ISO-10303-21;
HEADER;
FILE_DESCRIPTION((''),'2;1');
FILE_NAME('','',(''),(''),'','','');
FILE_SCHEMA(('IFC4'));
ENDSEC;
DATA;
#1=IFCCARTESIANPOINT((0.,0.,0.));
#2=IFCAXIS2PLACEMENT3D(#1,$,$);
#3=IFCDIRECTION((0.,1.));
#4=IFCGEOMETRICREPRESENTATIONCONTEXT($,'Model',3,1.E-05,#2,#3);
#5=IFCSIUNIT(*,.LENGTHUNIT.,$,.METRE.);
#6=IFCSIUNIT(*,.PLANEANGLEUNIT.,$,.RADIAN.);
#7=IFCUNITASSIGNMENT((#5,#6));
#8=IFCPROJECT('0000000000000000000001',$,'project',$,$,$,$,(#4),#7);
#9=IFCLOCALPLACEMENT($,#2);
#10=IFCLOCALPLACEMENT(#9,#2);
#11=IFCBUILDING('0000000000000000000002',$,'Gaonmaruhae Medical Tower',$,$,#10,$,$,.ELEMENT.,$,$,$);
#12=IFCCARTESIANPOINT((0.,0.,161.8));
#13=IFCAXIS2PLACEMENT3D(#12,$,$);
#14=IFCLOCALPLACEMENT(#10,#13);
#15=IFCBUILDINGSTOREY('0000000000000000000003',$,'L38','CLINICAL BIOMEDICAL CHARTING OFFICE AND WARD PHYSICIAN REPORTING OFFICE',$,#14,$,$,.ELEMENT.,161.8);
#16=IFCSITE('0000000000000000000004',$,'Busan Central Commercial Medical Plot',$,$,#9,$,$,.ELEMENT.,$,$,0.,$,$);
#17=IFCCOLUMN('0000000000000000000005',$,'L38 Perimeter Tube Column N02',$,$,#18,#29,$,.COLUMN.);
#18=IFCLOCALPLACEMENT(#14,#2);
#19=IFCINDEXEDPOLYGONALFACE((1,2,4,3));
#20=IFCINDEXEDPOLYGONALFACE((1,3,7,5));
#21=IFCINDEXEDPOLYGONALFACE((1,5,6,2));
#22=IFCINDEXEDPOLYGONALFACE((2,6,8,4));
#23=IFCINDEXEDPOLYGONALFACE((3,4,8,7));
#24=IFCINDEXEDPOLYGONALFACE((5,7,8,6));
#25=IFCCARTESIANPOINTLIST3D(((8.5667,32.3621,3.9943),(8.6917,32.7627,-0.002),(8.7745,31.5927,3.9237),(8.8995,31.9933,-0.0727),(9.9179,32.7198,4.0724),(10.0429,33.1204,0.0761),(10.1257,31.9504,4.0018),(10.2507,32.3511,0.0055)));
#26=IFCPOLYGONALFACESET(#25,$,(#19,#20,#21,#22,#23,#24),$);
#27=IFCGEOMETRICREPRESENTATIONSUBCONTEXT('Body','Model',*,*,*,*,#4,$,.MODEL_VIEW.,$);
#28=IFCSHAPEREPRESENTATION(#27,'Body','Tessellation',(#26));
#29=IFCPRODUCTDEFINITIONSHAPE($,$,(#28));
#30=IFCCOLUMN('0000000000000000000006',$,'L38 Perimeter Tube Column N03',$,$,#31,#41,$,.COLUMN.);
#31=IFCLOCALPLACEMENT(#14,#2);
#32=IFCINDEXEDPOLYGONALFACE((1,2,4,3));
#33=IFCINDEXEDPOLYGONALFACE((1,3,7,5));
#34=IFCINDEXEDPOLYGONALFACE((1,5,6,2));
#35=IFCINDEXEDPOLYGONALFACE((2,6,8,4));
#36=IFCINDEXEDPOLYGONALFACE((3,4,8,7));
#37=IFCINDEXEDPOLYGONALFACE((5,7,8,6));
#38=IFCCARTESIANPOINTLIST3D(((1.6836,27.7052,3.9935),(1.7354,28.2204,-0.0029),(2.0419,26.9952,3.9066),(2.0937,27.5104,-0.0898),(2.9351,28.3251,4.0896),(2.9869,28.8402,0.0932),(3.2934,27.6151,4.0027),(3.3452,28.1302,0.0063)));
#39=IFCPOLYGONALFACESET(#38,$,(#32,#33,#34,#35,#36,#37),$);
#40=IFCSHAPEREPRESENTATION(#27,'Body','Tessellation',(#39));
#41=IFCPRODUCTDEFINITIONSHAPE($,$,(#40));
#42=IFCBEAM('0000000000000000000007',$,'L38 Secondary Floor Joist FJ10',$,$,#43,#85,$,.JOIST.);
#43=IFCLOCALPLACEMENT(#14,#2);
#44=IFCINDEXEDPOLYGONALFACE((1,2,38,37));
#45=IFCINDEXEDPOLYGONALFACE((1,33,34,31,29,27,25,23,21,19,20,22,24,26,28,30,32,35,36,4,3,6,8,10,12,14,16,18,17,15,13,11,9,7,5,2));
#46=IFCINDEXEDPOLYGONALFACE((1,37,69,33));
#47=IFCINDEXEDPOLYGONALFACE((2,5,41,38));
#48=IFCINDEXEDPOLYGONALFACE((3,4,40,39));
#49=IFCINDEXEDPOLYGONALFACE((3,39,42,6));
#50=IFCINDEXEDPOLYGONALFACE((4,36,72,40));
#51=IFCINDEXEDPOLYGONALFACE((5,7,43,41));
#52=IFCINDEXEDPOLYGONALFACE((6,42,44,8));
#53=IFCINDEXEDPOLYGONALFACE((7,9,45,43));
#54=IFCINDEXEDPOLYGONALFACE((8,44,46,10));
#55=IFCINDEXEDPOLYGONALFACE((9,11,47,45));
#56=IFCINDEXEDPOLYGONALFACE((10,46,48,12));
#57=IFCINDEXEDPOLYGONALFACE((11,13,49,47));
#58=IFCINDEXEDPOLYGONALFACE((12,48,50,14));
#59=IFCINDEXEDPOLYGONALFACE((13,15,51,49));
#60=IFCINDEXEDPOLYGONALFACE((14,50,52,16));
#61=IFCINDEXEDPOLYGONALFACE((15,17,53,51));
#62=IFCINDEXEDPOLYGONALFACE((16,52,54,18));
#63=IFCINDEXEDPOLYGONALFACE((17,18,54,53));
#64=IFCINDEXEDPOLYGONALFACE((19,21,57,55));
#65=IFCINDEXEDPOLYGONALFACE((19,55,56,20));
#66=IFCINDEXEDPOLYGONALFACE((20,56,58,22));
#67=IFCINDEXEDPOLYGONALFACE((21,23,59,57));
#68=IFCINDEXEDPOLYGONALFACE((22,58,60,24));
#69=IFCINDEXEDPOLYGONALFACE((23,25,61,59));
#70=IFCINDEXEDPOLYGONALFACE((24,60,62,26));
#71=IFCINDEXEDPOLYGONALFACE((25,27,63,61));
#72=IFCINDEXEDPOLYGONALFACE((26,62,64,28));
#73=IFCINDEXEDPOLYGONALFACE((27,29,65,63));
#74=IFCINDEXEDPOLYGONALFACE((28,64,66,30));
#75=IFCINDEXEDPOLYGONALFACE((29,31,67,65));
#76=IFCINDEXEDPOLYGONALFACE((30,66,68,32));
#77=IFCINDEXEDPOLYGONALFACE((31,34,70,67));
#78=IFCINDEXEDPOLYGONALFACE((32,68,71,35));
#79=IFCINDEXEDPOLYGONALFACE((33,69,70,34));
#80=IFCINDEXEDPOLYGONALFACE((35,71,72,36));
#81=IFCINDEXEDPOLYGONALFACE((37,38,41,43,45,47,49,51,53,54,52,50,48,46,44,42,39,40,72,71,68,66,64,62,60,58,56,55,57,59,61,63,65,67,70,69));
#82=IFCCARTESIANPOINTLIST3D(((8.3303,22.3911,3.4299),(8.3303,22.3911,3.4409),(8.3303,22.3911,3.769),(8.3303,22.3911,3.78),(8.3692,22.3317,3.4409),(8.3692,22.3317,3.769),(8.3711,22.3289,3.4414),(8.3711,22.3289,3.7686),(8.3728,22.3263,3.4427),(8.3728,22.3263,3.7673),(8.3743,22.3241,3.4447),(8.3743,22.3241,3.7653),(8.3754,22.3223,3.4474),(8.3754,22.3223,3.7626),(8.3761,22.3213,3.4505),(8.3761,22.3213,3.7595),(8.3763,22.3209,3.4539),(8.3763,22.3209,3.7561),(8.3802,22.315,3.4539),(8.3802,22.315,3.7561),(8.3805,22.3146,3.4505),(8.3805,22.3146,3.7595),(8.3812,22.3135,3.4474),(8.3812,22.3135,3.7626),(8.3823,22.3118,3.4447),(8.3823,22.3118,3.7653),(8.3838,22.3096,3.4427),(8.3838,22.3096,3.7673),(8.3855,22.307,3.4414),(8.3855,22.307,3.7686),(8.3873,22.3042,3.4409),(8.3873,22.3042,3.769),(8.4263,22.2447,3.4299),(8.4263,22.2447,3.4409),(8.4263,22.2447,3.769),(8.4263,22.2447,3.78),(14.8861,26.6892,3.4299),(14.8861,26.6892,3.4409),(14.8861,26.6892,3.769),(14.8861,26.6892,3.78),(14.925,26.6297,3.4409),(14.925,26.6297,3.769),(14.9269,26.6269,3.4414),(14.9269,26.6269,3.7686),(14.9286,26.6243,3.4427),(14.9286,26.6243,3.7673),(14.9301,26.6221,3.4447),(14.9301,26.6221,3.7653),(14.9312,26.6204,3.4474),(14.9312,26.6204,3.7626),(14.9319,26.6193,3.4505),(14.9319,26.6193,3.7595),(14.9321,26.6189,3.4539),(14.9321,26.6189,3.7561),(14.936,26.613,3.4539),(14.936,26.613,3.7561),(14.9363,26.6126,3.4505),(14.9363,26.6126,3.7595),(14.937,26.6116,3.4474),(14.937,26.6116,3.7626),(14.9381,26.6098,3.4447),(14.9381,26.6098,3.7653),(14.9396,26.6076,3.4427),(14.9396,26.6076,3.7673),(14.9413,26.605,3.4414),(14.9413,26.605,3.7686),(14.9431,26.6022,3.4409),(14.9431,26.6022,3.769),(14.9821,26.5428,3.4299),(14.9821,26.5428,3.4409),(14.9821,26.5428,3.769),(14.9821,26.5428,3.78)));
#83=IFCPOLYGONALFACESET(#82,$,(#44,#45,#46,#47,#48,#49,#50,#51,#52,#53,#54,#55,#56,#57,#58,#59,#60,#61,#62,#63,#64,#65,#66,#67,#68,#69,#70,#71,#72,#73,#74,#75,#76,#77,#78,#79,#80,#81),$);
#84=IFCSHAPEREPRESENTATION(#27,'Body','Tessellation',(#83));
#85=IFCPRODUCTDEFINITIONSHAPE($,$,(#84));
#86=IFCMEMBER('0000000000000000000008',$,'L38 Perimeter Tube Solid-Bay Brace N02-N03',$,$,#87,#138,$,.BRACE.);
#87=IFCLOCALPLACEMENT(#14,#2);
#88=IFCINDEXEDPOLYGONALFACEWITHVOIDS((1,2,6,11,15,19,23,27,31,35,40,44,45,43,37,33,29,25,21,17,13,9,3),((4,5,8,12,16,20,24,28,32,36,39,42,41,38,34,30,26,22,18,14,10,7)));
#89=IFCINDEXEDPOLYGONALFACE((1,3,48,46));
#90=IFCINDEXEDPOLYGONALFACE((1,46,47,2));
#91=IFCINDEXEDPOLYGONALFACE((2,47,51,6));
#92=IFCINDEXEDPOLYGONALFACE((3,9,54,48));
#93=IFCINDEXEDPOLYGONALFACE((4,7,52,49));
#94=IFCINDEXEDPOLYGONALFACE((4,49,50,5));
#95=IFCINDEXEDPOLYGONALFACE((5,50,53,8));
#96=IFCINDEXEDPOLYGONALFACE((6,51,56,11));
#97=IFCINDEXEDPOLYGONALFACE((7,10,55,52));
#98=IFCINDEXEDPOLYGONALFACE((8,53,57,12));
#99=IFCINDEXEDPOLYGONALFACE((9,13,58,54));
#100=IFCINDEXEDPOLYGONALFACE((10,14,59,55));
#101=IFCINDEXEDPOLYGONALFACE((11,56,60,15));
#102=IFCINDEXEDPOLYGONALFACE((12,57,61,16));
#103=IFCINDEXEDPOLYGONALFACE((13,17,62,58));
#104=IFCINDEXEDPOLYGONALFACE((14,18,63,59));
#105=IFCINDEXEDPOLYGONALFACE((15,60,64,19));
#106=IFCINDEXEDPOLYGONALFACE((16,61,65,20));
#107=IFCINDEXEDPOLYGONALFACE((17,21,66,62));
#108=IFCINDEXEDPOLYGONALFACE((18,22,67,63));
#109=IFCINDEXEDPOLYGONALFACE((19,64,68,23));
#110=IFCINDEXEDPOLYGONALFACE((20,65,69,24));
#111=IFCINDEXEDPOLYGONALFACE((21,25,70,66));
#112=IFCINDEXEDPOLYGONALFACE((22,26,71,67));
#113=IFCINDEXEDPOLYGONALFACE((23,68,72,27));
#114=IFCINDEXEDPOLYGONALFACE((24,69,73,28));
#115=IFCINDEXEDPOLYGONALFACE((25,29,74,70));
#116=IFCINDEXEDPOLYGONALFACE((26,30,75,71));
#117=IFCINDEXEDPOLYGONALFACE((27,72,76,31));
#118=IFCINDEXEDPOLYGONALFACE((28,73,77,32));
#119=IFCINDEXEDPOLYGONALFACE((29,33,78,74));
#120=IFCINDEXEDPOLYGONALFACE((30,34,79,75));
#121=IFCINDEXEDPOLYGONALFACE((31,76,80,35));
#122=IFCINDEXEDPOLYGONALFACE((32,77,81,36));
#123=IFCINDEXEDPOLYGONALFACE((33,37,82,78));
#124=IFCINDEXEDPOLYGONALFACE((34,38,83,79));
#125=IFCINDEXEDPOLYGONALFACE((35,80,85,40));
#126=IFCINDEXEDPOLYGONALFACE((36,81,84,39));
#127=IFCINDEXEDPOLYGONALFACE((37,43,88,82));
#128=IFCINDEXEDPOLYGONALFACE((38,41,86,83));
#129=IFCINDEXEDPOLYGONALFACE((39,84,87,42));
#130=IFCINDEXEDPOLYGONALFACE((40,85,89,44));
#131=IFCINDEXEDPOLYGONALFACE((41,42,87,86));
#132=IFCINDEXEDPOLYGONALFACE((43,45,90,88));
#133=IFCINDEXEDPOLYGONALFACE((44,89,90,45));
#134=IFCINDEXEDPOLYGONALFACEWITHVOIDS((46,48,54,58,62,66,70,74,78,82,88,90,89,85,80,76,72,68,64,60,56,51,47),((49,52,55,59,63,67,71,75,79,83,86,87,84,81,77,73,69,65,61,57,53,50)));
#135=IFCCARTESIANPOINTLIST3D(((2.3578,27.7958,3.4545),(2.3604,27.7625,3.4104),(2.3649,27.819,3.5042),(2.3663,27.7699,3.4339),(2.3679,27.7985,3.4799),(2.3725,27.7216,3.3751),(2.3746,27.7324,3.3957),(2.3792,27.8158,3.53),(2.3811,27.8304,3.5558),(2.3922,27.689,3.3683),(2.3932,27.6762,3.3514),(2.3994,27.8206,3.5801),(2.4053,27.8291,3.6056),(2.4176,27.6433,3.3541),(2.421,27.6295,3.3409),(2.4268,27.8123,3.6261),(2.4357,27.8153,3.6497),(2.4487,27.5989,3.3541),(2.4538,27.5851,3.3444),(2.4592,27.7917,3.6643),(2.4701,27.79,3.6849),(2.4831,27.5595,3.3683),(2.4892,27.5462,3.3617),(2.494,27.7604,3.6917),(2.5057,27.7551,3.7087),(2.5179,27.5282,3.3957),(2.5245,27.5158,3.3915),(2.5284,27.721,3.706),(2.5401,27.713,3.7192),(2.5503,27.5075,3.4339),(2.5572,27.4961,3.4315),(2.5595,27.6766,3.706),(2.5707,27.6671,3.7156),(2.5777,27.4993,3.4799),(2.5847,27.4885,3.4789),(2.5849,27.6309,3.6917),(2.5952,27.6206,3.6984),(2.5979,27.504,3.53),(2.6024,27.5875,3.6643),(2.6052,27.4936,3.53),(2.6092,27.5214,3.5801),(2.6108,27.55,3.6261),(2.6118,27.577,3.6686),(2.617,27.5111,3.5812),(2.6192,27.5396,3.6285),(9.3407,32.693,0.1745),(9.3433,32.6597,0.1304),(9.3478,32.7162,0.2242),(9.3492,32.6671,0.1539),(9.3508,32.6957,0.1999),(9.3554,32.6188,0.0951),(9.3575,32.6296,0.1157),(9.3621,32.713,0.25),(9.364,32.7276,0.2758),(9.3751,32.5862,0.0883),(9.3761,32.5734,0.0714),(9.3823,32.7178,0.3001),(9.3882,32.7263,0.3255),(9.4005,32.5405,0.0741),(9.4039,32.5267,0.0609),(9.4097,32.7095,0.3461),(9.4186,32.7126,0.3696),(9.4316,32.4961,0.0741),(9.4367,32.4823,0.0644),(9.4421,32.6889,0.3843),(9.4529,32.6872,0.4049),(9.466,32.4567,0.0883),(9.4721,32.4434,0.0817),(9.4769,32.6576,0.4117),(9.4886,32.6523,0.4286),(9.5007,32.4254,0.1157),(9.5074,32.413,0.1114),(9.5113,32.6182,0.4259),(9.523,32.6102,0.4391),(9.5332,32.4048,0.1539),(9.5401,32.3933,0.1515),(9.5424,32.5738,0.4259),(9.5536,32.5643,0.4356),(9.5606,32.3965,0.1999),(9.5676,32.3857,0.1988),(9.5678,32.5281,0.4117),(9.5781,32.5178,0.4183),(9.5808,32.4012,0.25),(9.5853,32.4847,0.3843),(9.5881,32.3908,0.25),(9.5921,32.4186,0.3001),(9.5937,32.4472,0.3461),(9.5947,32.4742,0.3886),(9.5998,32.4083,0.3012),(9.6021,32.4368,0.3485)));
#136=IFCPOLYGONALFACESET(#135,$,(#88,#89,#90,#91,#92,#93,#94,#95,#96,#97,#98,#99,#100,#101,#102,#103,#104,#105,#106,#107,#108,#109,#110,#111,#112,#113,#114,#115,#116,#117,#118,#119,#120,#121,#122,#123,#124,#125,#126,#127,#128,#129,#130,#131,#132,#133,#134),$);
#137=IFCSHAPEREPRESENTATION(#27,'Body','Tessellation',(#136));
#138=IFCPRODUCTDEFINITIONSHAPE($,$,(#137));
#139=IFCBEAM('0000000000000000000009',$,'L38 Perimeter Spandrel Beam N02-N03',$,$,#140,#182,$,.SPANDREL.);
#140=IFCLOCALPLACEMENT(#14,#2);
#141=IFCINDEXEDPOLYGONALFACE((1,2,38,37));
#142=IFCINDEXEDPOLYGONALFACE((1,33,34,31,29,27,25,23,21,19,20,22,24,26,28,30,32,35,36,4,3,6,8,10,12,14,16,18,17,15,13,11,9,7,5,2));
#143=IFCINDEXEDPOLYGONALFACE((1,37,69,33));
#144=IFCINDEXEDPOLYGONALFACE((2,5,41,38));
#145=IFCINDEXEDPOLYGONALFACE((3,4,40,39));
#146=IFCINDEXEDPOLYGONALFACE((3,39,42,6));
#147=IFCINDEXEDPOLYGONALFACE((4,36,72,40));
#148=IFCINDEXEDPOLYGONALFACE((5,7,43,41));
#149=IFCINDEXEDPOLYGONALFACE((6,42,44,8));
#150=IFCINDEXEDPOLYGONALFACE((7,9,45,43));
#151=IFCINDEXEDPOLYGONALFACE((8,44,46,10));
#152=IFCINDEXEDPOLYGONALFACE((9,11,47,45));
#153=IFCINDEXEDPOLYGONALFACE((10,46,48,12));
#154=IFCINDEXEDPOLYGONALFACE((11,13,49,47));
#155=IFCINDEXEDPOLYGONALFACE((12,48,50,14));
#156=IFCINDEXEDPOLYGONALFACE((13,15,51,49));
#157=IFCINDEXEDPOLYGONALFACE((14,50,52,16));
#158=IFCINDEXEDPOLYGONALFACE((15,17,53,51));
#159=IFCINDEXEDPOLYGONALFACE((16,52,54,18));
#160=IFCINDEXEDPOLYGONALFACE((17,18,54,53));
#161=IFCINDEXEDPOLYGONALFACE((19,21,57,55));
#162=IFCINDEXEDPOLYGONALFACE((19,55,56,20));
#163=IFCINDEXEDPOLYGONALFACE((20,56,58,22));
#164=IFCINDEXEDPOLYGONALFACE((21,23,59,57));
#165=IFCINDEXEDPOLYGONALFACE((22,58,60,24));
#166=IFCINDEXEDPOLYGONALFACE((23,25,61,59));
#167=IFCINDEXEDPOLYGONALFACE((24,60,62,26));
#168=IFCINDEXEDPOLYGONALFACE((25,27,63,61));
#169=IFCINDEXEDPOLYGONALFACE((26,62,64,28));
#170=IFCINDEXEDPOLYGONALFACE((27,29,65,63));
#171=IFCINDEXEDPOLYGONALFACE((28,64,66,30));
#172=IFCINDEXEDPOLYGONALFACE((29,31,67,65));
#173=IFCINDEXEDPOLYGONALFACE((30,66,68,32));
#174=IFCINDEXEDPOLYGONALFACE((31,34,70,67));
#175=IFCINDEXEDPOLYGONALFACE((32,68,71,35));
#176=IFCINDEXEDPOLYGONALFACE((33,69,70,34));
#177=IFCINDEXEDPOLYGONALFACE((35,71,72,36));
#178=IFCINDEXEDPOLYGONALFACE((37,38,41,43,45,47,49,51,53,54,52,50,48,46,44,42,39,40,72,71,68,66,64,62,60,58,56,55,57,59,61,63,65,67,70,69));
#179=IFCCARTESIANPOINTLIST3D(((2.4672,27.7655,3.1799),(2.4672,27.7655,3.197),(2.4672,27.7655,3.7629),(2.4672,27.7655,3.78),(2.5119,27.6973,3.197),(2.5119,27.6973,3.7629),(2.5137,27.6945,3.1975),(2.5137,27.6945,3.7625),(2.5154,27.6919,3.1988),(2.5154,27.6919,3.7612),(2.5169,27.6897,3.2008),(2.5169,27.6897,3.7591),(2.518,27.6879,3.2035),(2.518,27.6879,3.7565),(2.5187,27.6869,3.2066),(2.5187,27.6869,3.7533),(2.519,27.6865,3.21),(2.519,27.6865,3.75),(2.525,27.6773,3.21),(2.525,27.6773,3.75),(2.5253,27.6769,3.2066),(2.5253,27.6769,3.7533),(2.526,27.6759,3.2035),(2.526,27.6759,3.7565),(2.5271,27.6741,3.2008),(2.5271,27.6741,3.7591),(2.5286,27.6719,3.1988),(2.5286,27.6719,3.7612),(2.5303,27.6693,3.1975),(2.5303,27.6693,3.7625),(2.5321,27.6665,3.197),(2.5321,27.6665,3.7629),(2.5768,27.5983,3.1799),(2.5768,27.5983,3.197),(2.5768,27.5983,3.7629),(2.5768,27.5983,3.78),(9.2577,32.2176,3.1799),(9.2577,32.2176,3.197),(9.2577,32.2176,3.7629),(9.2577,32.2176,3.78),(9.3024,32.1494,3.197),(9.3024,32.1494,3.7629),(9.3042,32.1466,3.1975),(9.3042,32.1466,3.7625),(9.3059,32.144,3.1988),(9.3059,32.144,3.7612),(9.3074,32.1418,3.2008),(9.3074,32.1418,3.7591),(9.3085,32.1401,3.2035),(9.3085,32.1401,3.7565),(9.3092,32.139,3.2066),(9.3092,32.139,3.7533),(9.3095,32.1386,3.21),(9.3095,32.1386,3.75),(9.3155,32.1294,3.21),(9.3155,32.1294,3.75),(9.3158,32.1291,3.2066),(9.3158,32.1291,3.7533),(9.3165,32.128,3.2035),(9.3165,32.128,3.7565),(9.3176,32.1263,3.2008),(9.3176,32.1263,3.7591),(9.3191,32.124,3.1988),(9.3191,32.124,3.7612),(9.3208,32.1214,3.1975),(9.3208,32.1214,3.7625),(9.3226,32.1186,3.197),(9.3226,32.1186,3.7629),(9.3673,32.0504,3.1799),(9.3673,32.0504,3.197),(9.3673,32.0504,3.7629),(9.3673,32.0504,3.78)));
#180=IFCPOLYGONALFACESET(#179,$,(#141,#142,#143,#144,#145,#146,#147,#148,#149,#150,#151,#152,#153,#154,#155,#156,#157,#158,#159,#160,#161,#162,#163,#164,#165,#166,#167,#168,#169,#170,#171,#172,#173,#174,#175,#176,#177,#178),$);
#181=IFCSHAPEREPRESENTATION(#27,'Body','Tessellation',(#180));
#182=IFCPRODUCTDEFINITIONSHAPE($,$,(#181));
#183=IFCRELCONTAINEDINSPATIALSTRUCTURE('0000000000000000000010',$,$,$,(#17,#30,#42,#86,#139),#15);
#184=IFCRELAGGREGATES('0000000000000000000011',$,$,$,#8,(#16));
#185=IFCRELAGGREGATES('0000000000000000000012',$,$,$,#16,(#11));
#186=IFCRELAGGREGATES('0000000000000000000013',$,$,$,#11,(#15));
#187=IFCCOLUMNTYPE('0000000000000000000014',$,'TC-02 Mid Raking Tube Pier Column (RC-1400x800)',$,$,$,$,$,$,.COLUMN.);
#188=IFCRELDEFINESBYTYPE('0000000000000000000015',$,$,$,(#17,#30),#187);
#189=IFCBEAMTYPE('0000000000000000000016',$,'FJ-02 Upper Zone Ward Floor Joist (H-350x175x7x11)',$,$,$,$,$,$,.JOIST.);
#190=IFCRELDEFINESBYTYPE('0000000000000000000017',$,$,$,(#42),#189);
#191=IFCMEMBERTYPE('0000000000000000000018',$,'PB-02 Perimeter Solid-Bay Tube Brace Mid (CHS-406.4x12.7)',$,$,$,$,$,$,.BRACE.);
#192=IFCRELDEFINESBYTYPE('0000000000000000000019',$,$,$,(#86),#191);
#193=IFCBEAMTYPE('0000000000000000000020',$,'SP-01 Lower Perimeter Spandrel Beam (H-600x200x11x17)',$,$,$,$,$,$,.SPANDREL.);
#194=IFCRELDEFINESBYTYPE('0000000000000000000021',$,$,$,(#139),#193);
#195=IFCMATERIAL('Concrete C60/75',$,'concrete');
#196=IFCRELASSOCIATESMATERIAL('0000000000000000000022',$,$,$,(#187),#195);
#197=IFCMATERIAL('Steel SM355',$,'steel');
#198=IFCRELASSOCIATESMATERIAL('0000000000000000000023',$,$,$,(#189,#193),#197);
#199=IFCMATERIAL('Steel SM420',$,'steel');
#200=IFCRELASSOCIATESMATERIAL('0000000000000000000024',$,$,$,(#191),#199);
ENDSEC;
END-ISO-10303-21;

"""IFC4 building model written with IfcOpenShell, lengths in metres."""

from ifc_helpers import new_model, si_unit, direction, frame, origin, origin_2d, place, context, subcontext, project, spatial, rectangle, hollow_circle, i_section, extrude, material, material_profile, profile_set, type_object, element, save


model = new_model("IFC4")

# Units and contexts
model_context = context("Model", 3, precision=1e-05, world=origin(), true_north=direction((0.0, 1.0)))
body_context = subcontext(model_context, "Body", "Model", "MODEL_VIEW")
ifc_project = project(units=[si_unit("LENGTHUNIT", "METRE"), si_unit("PLANEANGLEUNIT", "RADIAN")], contexts=[model_context])

# Site, building, storey
site_placement = place(None, origin())
site = spatial("IfcSite", under=ifc_project, at=site_placement, Name="Busan Central Commercial Medical Plot", CompositionType="ELEMENT", RefElevation=0.0)
building_placement = place(site_placement, origin())
building = spatial("IfcBuilding", under=site, at=building_placement, Name="Gaonmaruhae Medical Tower", CompositionType="ELEMENT")
storey_placement = place(building_placement, frame((0.0, 0.0, 161.8)))
storey = spatial("IfcBuildingStorey", under=building, at=storey_placement, Name="L38", Description="CLINICAL BIOMEDICAL CHARTING OFFICE AND WARD PHYSICIAN REPORTING OFFICE", CompositionType="ELEMENT", Elevation=161.8)

# Columns
ifc_material_1 = material(Name="Concrete C60/75", Category="concrete")
ifc_material_profile_1 = material_profile(ifc_material_1, rectangle(XDim=1.3999, YDim=0.8, at=origin_2d()), Name="RC-1400x800")
ifc_profile_set_1 = profile_set([ifc_material_profile_1], Name="Concrete C60/75")
column_type = type_object("IfcColumnType", Name="TC-02 Mid Raking Tube Pier Column (RC-1400x800)", PredefinedType="COLUMN", material=ifc_profile_set_1)
column_1_placement = place(storey_placement, frame((9.4712, 32.5569, 0.0017), z_axis=(-0.031108, -0.099702, 0.994531), x_axis=(0.965183, 0.255554, 0.055809)))
element("IfcColumn", 1, at=column_1_placement, inside=storey, type_object=column_type, Name="L38 Perimeter Tube Column N02", PredefinedType="COLUMN", context=body_context, shape_type="SweptSolid", body=[
    extrude(rectangle(XDim=1.3999, YDim=0.8, at=origin_2d()), origin(), (0.0, 0.0, 1.0), 4.0183),
])
column_2_placement = place(storey_placement, frame((2.5403, 28.1753, 0.0017), z_axis=(-0.012844, -0.127834, 0.991712), x_axis=(0.894004, 0.442768, 0.068652)))
element("IfcColumn", 2, at=column_2_placement, inside=storey, type_object=column_type, Name="L38 Perimeter Tube Column N03", PredefinedType="COLUMN", context=body_context, shape_type="SweptSolid", body=[
    extrude(rectangle(XDim=1.3999, YDim=0.8, at=origin_2d()), origin(), (0.0, 0.0, 1.0), 4.0298),
])

# Beam
ifc_material_2 = material(Name="Steel SM355", Category="steel")
ifc_material_profile_2 = material_profile(ifc_material_2, i_section(OverallWidth=0.175, OverallDepth=0.3501, WebThickness=0.0071, FlangeThickness=0.011, FilletRadius=0.0129, at=origin_2d()), Name="H-350x175x7x11")
ifc_profile_set_2 = profile_set([ifc_material_profile_2], Name="Steel SM355")
beam_type_1 = type_object("IfcBeamType", Name="FJ-02 Upper Zone Ward Floor Joist (H-350x175x7x11)", PredefinedType="JOIST", material=ifc_profile_set_2)
beam_1_placement = place(storey_placement, frame((14.9341, 26.616, 3.605), z_axis=(-0.836295, -0.54828, 0.0), x_axis=(0.54828, -0.836295, 0.0)))
element("IfcBeam", 3, at=beam_1_placement, inside=storey, type_object=beam_type_1, Name="L38 Secondary Floor Joist FJ10", PredefinedType="JOIST", context=body_context, shape_type="SweptSolid", body=[
    extrude(i_section(OverallWidth=0.175, OverallDepth=0.3501, WebThickness=0.0071, FlangeThickness=0.011, FilletRadius=0.0129, at=origin_2d()), origin(), (0.0, 0.0, 1.0), 7.8391),
])

# Member
ifc_material_3 = material(Name="Steel SM420", Category="steel")
ifc_material_profile_3 = material_profile(ifc_material_3, hollow_circle(Radius=0.2031, WallThickness=0.0127, at=origin_2d()), Name="CHS-406.4x12.7")
ifc_profile_set_3 = profile_set([ifc_material_profile_3], Name="Steel SM420")
member_type = type_object("IfcMemberType", Name="PB-02 Perimeter Solid-Bay Tube Brace Mid (CHS-406.4x12.7)", PredefinedType="BRACE", material=ifc_profile_set_3)
member_placement = place(storey_placement, frame((9.4714, 32.5571, 0.25), z_axis=(-0.764165, -0.53592, 0.358945), x_axis=(0.574184, -0.818726, 0.0)))
element("IfcMember", 4, at=member_placement, inside=storey, type_object=member_type, Name="L38 Perimeter Tube Solid-Bay Brace N02-N03", PredefinedType="BRACE", context=body_context, shape_type="SweptSolid", body=[
    extrude(hollow_circle(Radius=0.2031, WallThickness=0.0127, at=origin_2d()), origin(), (0.0, 0.0, 1.0), 9.1379),
])

# Beam
ifc_material_profile_4 = material_profile(ifc_material_2, i_section(OverallWidth=0.2, OverallDepth=0.6001, WebThickness=0.011, FlangeThickness=0.0171, FilletRadius=0.0129, at=origin_2d()), Name="H-600x200x11x17")
ifc_profile_set_4 = profile_set([ifc_material_profile_4], Name="Steel SM355")
beam_type_2 = type_object("IfcBeamType", Name="SP-01 Lower Perimeter Spandrel Beam (H-600x200x11x17)", PredefinedType="SPANDREL", material=ifc_profile_set_4)
beam_2_placement = place(storey_placement, frame((9.3125, 32.134, 3.48), z_axis=(-0.836281, -0.5483, 0.0), x_axis=(0.5483, -0.836281, 0.0)))
element("IfcBeam", 5, at=beam_2_placement, inside=storey, type_object=beam_type_2, Name="L38 Perimeter Spandrel Beam N02-N03", PredefinedType="SPANDREL", context=body_context, shape_type="SweptSolid", body=[
    extrude(i_section(OverallWidth=0.2, OverallDepth=0.6001, WebThickness=0.011, FlangeThickness=0.0171, FilletRadius=0.0129, at=origin_2d()), origin(), (0.0, 0.0, 1.0), 8.1199),
])

save(model, "model.ifc")
